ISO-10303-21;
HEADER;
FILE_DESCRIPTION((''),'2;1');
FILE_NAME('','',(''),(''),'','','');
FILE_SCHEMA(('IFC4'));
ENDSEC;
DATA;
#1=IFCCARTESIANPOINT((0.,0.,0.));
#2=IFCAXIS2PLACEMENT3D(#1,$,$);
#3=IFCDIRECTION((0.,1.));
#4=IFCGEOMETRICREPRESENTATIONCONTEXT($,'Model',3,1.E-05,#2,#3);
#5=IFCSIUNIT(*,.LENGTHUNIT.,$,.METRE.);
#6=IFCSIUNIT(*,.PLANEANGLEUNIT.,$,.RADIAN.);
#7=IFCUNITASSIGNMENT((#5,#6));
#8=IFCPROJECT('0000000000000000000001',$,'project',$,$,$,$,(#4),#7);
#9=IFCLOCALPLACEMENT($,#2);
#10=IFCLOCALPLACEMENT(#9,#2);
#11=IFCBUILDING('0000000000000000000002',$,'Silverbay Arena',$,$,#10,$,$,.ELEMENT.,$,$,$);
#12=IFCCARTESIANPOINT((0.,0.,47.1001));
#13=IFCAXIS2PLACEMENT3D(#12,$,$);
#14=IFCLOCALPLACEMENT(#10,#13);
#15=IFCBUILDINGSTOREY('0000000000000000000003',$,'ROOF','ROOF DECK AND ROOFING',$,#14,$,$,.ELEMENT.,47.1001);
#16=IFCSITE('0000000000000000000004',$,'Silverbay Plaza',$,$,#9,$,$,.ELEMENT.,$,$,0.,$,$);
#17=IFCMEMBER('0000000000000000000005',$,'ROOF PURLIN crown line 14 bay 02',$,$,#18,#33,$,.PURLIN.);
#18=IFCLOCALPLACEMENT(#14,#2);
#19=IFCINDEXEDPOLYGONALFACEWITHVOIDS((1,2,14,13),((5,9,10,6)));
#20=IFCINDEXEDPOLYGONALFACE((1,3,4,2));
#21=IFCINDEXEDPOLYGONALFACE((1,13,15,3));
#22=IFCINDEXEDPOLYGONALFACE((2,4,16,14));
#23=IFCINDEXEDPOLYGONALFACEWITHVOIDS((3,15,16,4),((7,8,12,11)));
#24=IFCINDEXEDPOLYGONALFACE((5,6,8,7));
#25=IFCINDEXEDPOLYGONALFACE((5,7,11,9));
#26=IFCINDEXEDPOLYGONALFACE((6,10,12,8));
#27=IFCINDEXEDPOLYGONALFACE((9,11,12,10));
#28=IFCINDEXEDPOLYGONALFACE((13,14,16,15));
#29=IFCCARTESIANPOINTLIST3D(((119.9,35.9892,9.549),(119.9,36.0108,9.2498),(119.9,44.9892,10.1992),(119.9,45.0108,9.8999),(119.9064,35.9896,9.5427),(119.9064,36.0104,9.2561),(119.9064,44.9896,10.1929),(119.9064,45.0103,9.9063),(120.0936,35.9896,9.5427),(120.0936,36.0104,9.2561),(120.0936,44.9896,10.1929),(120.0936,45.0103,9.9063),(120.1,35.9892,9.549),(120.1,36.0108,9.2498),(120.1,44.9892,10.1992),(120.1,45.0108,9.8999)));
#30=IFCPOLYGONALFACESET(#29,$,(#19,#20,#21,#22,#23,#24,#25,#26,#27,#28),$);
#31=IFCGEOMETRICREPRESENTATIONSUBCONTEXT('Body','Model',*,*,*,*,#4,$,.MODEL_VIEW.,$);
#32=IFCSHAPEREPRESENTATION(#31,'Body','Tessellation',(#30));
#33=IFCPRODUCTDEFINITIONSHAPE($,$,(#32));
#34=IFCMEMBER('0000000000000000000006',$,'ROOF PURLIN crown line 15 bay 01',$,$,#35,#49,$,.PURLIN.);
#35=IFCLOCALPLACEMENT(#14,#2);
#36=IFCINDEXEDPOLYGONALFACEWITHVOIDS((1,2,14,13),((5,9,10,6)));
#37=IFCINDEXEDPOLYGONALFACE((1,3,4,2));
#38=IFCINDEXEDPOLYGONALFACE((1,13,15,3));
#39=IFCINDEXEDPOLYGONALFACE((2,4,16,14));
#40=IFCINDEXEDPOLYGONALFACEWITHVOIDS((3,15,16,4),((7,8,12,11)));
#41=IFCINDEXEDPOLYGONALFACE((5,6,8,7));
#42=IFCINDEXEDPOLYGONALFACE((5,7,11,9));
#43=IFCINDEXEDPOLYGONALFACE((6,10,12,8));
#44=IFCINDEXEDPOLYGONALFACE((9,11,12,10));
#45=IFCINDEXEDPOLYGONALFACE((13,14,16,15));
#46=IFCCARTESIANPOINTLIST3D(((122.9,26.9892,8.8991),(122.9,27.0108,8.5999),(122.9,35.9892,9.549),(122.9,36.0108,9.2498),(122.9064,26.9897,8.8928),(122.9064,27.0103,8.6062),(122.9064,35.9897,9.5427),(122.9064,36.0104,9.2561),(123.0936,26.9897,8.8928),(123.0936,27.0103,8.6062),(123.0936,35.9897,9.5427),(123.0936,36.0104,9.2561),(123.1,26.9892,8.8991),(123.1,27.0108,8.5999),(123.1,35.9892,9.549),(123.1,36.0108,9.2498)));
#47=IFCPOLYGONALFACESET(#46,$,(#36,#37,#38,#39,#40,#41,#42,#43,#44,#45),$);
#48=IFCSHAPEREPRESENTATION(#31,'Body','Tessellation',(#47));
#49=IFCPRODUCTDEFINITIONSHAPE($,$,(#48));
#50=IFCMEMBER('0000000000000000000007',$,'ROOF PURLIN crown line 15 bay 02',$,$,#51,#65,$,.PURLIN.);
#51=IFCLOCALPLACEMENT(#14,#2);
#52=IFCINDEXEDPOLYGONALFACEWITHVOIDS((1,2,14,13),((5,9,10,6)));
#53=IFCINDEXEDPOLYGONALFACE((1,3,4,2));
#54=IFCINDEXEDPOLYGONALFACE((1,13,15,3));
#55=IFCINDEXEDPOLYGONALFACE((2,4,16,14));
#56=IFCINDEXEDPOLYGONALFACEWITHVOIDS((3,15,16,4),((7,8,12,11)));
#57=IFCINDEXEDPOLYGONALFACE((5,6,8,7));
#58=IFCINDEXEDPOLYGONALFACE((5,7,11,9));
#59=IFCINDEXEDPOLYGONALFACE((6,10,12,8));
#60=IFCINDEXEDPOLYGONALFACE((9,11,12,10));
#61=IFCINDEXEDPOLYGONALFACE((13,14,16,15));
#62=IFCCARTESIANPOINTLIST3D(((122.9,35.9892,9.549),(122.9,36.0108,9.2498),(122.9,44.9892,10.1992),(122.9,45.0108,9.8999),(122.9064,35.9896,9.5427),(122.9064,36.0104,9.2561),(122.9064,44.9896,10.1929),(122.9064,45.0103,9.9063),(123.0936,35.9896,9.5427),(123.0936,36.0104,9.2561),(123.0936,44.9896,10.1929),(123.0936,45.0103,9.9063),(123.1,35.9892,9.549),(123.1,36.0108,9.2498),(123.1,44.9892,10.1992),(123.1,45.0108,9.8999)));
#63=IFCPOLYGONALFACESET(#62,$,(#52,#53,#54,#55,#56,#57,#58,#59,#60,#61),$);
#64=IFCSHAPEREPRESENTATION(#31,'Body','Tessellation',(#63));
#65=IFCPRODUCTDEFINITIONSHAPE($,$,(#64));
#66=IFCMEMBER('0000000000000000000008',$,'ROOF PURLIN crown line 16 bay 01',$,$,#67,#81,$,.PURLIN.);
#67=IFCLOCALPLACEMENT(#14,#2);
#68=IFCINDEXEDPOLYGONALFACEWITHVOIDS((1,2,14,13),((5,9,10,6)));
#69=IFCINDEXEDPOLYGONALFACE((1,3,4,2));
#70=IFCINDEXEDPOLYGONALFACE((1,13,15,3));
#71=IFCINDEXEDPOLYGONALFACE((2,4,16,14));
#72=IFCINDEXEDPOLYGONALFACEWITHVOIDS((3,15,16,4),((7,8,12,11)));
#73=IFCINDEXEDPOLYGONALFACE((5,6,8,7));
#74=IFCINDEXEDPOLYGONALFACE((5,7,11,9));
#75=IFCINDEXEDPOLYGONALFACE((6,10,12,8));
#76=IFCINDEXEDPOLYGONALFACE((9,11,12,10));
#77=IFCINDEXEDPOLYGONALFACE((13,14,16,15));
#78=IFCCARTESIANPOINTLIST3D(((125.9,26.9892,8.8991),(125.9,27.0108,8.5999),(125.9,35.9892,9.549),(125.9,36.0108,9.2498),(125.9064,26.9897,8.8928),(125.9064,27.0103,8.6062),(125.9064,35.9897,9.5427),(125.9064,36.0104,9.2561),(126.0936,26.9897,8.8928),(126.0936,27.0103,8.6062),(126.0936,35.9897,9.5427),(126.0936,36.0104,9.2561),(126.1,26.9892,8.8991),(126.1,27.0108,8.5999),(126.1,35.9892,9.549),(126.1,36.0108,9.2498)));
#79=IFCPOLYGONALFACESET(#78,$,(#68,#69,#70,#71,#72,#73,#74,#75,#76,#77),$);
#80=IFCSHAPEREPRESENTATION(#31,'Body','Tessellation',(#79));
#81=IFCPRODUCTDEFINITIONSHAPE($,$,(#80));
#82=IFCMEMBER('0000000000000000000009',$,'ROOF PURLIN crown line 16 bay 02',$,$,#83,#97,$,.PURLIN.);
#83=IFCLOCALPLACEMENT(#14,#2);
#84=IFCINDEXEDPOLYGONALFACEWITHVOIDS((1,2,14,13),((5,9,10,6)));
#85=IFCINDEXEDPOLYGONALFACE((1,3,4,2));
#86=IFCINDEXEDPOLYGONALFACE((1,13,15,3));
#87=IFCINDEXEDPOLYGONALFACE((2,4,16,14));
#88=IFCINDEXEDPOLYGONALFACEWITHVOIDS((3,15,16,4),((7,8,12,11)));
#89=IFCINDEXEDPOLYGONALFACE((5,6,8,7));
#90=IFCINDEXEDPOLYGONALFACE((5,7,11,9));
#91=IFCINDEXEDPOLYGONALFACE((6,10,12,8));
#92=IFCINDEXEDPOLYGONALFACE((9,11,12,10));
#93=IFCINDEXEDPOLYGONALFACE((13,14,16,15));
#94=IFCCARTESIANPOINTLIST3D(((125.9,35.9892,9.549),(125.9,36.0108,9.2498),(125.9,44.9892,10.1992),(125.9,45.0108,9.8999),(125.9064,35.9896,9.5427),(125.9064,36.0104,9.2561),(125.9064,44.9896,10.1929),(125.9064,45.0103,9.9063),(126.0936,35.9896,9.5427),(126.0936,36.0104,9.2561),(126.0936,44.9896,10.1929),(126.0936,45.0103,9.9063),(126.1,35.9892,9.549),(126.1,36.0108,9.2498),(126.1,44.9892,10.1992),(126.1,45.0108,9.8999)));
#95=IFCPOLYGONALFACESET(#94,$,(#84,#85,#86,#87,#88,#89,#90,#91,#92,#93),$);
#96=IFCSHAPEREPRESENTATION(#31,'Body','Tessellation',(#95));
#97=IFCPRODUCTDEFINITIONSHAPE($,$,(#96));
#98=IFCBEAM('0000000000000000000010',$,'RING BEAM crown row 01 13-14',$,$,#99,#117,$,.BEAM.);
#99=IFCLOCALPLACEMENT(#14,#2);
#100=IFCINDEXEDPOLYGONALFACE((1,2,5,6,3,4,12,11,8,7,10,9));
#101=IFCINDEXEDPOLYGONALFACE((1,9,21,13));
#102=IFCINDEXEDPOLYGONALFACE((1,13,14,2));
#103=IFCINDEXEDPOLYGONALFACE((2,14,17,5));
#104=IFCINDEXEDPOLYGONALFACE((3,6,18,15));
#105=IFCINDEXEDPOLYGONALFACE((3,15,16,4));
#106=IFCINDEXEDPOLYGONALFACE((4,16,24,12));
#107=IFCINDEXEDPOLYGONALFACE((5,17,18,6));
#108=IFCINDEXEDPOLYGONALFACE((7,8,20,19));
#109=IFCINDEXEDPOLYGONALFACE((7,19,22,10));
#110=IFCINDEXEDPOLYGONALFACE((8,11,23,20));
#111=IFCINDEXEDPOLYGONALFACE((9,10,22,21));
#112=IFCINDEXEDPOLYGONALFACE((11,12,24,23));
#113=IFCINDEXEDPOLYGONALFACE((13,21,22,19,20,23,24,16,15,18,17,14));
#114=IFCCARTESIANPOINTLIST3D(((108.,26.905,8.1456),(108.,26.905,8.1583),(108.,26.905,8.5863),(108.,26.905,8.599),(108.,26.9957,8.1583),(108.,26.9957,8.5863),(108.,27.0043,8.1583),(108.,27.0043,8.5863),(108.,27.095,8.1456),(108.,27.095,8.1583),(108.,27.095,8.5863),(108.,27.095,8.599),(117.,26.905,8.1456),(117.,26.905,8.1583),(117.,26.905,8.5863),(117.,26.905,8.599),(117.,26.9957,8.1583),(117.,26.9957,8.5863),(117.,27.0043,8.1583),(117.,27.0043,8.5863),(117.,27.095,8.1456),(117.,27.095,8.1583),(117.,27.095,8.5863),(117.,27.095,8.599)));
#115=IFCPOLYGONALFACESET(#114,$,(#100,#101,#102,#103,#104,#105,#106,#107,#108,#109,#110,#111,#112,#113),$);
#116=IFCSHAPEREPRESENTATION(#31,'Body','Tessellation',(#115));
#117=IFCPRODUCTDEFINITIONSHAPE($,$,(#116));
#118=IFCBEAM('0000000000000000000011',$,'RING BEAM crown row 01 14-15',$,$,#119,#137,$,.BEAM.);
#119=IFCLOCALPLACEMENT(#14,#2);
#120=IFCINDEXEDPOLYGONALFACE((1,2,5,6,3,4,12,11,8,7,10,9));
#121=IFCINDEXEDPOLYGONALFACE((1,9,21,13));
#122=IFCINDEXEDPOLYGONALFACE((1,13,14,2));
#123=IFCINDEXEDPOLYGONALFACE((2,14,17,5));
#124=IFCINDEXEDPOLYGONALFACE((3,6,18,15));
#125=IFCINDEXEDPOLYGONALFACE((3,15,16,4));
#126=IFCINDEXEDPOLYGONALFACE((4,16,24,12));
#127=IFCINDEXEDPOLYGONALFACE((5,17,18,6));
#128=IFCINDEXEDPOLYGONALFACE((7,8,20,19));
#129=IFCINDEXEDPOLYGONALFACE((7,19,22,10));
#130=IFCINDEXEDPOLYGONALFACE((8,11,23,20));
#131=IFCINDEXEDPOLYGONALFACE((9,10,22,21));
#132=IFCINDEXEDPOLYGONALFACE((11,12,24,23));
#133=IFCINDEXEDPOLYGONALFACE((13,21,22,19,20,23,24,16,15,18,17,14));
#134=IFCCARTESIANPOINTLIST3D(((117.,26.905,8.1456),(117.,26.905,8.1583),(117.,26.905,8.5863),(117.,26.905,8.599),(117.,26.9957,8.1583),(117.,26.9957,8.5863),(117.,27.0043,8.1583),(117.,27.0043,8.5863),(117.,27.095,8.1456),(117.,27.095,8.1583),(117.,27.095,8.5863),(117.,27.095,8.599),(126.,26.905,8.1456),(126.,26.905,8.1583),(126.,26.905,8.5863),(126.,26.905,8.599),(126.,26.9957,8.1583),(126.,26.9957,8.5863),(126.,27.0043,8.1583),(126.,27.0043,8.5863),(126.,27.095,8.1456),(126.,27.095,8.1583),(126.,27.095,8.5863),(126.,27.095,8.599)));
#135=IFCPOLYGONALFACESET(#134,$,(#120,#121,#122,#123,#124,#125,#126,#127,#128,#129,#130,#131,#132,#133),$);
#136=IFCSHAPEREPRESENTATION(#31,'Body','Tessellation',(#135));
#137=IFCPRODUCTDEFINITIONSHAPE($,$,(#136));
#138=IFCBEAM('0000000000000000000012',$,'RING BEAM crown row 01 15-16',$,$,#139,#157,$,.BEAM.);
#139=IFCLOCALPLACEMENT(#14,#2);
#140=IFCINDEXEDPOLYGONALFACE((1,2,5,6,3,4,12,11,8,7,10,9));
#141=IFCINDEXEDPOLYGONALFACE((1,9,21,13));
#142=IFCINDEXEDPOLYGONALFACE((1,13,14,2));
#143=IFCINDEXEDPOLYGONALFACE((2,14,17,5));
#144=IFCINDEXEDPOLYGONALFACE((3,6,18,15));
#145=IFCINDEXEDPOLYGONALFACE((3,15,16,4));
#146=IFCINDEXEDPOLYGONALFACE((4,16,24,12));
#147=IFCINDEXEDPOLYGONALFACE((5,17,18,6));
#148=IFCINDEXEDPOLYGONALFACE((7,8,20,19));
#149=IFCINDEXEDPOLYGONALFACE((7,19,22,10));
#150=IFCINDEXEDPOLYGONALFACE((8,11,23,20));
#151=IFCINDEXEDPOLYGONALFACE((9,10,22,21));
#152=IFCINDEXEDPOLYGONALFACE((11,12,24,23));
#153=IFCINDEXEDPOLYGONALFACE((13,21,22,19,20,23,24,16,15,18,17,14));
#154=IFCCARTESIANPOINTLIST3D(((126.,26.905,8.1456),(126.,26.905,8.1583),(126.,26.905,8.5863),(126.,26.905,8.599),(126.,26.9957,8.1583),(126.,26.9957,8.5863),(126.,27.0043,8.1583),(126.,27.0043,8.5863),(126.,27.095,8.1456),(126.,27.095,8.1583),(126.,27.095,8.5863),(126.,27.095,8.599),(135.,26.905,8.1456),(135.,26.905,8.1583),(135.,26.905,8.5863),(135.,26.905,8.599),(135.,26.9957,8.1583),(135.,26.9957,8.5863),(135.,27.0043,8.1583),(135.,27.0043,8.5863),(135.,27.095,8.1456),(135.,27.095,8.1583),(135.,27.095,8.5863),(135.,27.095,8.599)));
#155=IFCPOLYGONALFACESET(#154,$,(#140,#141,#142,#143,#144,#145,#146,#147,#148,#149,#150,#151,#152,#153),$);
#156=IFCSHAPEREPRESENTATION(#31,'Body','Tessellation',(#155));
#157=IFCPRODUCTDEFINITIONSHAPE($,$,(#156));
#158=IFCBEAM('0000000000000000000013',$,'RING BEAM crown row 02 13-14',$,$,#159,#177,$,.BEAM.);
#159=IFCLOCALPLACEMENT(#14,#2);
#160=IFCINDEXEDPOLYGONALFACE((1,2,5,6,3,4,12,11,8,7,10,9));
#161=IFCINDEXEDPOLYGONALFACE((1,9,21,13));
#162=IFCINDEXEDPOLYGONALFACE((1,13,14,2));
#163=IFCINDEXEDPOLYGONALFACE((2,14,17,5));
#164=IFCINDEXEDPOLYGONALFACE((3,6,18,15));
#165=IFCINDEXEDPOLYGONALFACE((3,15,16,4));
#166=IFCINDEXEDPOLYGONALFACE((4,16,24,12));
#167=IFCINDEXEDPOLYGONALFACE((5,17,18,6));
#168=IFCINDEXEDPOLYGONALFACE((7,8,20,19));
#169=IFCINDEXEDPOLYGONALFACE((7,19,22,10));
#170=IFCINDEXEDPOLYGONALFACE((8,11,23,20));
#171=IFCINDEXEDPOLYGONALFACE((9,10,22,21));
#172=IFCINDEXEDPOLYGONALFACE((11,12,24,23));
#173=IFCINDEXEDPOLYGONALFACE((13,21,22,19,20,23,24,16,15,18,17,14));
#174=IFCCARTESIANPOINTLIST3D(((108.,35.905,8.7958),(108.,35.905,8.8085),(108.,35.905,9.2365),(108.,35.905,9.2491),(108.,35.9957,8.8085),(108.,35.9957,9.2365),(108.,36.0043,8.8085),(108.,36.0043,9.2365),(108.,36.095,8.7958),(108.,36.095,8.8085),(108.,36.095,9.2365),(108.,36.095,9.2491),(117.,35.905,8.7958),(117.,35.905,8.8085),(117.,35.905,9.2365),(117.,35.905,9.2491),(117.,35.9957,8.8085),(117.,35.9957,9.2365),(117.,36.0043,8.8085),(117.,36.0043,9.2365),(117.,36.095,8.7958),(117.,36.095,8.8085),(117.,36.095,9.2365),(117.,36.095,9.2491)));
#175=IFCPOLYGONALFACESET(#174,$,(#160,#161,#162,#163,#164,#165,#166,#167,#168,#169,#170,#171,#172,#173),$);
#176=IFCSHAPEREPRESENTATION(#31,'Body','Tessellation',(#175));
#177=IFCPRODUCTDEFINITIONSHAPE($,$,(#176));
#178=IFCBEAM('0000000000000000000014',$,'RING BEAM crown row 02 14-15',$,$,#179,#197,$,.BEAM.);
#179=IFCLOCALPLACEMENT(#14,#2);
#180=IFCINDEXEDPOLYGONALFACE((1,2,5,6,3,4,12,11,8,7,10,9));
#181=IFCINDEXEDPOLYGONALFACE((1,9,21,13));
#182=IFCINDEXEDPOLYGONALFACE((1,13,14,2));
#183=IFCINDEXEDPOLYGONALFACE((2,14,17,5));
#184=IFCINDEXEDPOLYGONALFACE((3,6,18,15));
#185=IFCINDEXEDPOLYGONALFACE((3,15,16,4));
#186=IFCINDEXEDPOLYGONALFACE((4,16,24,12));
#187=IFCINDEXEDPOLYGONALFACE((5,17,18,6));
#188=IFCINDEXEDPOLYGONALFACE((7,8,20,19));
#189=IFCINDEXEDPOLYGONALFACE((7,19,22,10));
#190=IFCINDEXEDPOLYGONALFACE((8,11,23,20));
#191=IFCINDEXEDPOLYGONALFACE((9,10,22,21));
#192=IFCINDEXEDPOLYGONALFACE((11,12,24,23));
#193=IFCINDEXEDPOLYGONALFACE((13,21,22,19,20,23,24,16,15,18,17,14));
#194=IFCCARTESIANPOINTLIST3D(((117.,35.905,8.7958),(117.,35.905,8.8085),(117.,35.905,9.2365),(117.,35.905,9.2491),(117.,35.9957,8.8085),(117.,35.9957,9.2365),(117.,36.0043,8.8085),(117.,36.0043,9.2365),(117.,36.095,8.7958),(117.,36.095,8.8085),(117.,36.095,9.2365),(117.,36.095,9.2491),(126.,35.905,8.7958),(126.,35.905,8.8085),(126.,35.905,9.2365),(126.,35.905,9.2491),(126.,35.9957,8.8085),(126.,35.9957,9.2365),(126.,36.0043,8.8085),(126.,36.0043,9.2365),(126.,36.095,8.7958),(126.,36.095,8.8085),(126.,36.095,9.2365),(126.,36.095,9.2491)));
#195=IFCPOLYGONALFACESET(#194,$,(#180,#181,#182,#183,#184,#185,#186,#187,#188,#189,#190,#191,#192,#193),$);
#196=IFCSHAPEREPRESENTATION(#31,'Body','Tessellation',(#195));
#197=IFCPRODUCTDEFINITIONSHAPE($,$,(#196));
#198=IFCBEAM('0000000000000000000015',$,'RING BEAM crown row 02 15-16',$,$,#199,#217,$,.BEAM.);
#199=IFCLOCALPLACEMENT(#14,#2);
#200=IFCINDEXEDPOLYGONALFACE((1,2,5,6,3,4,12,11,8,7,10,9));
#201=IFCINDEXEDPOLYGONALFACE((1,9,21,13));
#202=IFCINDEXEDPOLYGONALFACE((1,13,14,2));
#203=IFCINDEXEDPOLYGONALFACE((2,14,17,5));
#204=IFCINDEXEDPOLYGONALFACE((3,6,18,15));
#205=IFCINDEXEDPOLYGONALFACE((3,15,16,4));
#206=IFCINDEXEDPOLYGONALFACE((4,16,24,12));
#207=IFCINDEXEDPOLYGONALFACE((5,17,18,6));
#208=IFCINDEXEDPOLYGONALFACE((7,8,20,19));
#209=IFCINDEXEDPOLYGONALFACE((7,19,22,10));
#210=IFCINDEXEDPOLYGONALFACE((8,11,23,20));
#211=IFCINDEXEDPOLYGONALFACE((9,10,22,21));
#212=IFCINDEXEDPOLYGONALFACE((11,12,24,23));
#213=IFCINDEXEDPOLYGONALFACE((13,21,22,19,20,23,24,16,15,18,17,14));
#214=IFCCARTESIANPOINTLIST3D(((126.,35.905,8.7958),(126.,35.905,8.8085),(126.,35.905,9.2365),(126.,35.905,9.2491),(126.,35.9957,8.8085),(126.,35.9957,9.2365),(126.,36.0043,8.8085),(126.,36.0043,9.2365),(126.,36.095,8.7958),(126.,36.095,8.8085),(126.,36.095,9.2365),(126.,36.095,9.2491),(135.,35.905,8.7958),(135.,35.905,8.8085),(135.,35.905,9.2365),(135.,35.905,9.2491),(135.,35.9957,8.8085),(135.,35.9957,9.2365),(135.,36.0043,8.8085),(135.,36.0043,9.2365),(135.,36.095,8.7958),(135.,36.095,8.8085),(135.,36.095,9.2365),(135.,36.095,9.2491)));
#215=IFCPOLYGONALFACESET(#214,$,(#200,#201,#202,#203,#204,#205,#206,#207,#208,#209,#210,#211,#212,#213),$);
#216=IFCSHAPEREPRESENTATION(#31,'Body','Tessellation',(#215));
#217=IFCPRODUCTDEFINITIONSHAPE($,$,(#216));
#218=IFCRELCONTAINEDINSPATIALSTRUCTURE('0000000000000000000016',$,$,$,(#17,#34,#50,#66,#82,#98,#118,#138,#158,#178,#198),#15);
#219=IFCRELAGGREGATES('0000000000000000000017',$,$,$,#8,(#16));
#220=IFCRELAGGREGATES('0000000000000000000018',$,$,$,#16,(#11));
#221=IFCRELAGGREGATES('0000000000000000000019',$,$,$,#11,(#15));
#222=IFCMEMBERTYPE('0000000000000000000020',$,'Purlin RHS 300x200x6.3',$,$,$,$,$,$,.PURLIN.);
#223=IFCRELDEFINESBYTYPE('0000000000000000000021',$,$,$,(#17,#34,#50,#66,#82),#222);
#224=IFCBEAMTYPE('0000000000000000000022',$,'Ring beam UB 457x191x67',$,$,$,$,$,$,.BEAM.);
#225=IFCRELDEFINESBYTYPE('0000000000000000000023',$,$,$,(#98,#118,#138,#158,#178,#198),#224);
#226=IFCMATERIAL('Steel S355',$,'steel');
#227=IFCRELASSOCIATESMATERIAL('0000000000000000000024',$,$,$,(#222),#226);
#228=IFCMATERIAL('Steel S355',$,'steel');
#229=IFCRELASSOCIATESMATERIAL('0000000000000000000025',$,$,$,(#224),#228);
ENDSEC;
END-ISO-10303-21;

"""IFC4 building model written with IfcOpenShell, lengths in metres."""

from ifc_helpers import new_model, si_unit, direction, frame, origin, origin_2d, place, context, subcontext, project, spatial, hollow_rectangle, i_section, extrude, material, material_profile, profile_set, type_object, element, save


model = new_model("IFC4")

# Units and contexts
model_context = context("Model", 3, precision=1e-05, world=origin(), true_north=direction((0.0, 1.0)))
body_context = subcontext(model_context, "Body", "Model", "MODEL_VIEW")
ifc_project = project(units=[si_unit("LENGTHUNIT", "METRE"), si_unit("PLANEANGLEUNIT", "RADIAN")], contexts=[model_context])

# Site, building, storey
site_placement = place(None, origin())
site = spatial("IfcSite", under=ifc_project, at=site_placement, Name="Silverbay Plaza", CompositionType="ELEMENT", RefElevation=0.0)
building_placement = place(site_placement, origin())
building = spatial("IfcBuilding", under=site, at=building_placement, Name="Silverbay Arena", CompositionType="ELEMENT")
storey_placement = place(building_placement, frame((0.0, 0.0, 47.1001)))
storey = spatial("IfcBuildingStorey", under=building, at=storey_placement, Name="ROOF", Description="ROOF DECK AND ROOFING", CompositionType="ELEMENT", Elevation=47.1001)

# Members
ifc_material_1 = material(Name="Steel S355", Category="steel")
ifc_material_profile_1 = material_profile(ifc_material_1, hollow_rectangle(XDim=0.2, YDim=0.3, WallThickness=0.0063, at=origin_2d()), Name="RHS 300x200x6.3")
ifc_profile_set_1 = profile_set([ifc_material_profile_1], Name="Steel S355")
member_type_1 = type_object("IfcMemberType", Name="Purlin RHS 300x200x6.3", PredefinedType="PURLIN", material=ifc_profile_set_1)
for number, where, z_axis, x_axis, name in (
    (1, (120.0, 36.0, 9.3994), (0.0, 0.997401, 0.072051), (-1.0, 0.0, 0.0), "ROOF PURLIN crown line 14 bay 02"),
    (2, (123.0, 27.0, 8.7495), (0.0, 0.997403, 0.072024), (-1.0, 0.0, 0.0), "ROOF PURLIN crown line 15 bay 01"),
    (3, (123.0, 36.0, 9.3994), (0.0, 0.997401, 0.072051), (-1.0, 0.0, 0.0), "ROOF PURLIN crown line 15 bay 02"),
    (4, (126.0, 27.0, 8.7495), (0.0, 0.997403, 0.072024), (-1.0, 0.0, 0.0), "ROOF PURLIN crown line 16 bay 01"),
    (5, (126.0, 36.0, 9.3994), (0.0, 0.997401, 0.072051), (-1.0, 0.0, 0.0), "ROOF PURLIN crown line 16 bay 02"),
):
    element("IfcMember", number, at=place(storey_placement, frame(where, z_axis=z_axis, x_axis=x_axis)), inside=storey, type_object=member_type_1, Name=name, PredefinedType="PURLIN", context=body_context, shape_type="SweptSolid", body=[
        extrude(hollow_rectangle(XDim=0.2, YDim=0.3, WallThickness=0.0063, at=origin_2d()), origin(), (0.0, 0.0, 1.0), 9.0234),
    ])

# Beams
ifc_material_2 = material(Name="Steel S355", Category="steel")
ifc_material_profile_2 = material_profile(ifc_material_2, i_section(OverallWidth=0.1899, OverallDepth=0.4534, WebThickness=0.0085, FlangeThickness=0.0127, at=origin_2d()), Name="UB 457x191x67")
ifc_profile_set_2 = profile_set([ifc_material_profile_2], Name="Steel S355")
beam_type = type_object("IfcBeamType", Name="Ring beam UB 457x191x67", PredefinedType="BEAM", material=ifc_profile_set_2)
for number, where, z_axis, x_axis, name in (
    (6, (108.0, 27.0, 8.3723), (1.0, 0.0, 0.0), (0.0, 1.0, 0.0), "RING BEAM crown row 01 13-14"),
    (7, (117.0, 27.0, 8.3723), (1.0, 0.0, 0.0), (0.0, 1.0, 0.0), "RING BEAM crown row 01 14-15"),
    (8, (126.0, 27.0, 8.3723), (1.0, 0.0, 0.0), (0.0, 1.0, 0.0), "RING BEAM crown row 01 15-16"),
    (9, (108.0, 36.0, 9.0225), (1.0, 0.0, 0.0), (0.0, 1.0, 0.0), "RING BEAM crown row 02 13-14"),
    (10, (117.0, 36.0, 9.0225), (1.0, 0.0, 0.0), (0.0, 1.0, 0.0), "RING BEAM crown row 02 14-15"),
    (11, (126.0, 36.0, 9.0225), (1.0, 0.0, 0.0), (0.0, 1.0, 0.0), "RING BEAM crown row 02 15-16"),
):
    element("IfcBeam", number, at=place(storey_placement, frame(where, z_axis=z_axis, x_axis=x_axis)), inside=storey, type_object=beam_type, Name=name, PredefinedType="BEAM", context=body_context, shape_type="SweptSolid", body=[
        extrude(i_section(OverallWidth=0.1899, OverallDepth=0.4534, WebThickness=0.0085, FlangeThickness=0.0127, at=origin_2d()), origin(), (0.0, 0.0, 1.0), 9.0),
    ])

save(model, "model.ifc")
